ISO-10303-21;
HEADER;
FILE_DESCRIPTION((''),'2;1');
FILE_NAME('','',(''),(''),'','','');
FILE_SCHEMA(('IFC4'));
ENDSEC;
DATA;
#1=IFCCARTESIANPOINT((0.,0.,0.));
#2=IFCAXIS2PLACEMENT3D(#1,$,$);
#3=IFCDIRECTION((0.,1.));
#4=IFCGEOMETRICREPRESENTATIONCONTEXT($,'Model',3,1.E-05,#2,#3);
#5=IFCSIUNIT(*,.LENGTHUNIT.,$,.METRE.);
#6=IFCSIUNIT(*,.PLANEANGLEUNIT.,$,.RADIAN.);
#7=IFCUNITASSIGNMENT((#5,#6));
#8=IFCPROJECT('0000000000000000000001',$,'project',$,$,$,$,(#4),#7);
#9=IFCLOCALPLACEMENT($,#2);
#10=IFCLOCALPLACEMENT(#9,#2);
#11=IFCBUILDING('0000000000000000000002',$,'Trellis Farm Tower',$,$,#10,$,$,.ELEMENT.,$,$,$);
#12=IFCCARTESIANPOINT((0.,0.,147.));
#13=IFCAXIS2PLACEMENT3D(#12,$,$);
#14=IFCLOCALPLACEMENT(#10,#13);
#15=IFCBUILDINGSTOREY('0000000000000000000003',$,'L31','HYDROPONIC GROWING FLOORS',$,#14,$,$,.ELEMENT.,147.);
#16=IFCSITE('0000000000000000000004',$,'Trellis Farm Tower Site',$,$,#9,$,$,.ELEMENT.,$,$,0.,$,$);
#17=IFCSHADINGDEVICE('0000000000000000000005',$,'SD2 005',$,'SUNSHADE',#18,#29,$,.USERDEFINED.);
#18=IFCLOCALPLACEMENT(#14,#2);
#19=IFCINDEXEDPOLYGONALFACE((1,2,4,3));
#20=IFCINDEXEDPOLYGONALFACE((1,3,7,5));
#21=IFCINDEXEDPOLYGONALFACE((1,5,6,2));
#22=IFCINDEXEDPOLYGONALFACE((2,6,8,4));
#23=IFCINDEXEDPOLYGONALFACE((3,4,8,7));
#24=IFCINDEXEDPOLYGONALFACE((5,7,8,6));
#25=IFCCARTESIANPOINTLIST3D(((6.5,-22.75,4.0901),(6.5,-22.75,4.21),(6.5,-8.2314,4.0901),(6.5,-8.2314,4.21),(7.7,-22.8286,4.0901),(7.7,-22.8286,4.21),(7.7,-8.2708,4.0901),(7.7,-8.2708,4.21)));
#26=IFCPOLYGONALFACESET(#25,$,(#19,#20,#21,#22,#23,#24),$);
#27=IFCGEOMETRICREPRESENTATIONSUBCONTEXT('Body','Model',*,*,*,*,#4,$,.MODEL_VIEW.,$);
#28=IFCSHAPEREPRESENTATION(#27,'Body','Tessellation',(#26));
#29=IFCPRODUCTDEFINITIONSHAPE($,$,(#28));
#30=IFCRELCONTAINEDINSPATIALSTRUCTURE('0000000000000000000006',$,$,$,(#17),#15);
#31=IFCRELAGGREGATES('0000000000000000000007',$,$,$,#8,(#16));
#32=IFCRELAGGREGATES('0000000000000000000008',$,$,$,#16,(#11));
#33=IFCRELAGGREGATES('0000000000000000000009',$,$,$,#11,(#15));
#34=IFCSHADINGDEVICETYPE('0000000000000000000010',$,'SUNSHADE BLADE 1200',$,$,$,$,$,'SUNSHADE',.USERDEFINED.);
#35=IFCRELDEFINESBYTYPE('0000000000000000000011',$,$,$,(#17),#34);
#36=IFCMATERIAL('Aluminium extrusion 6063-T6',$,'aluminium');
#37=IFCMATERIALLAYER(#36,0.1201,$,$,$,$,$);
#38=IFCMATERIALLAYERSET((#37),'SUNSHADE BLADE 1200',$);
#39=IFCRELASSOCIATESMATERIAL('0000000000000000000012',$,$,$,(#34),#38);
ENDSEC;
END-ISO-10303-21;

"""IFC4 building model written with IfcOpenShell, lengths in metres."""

from ifc_helpers import new_model, si_unit, direction, frame, origin, place, context, subcontext, project, spatial, polyline, outline, extrude, source, transform, mapped, material, layer, layer_set, type_object, element, save


model = new_model("IFC4")

# Units and contexts
model_context = context("Model", 3, precision=1e-05, world=origin(), true_north=direction((0.0, 1.0)))
body_context = subcontext(model_context, "Body", "Model", "MODEL_VIEW")
ifc_project = project(units=[si_unit("LENGTHUNIT", "METRE"), si_unit("PLANEANGLEUNIT", "RADIAN")], contexts=[model_context])

# Site, building, storey
site_placement = place(None, origin())
site = spatial("IfcSite", under=ifc_project, at=site_placement, Name="Trellis Farm Tower Site", CompositionType="ELEMENT", RefElevation=0.0)
building_placement = place(site_placement, origin())
building = spatial("IfcBuilding", under=site, at=building_placement, Name="Trellis Farm Tower", CompositionType="ELEMENT")
storey_placement = place(building_placement, frame((0.0, 0.0, 147.0)))
storey = spatial("IfcBuildingStorey", under=building, at=storey_placement, Name="L31", Description="HYDROPONIC GROWING FLOORS", CompositionType="ELEMENT", Elevation=147.0)

# Shared definitions
ifc_material_1 = material(Name="Aluminium extrusion 6063-T6", Category="aluminium")

# Shading device
ifc_layer_1 = layer(ifc_material_1, 0.1201)
ifc_layer_set_1 = layer_set([ifc_layer_1], Name="SUNSHADE BLADE 1200")
shading_device_type = type_object("IfcShadingDeviceType", Name="SUNSHADE BLADE 1200", ElementType="SUNSHADE", PredefinedType="USERDEFINED", material=ifc_layer_set_1)
placement_1 = place(storey_placement, frame((0.0, 0.0, 4.0901)))
shared_shape_1 = source(origin(), body_context, "Body", "SweptSolid", [
    extrude(outline(polyline([(7.7, -22.8286), (7.7, -8.2708), (6.5, -8.2314), (6.5, -22.75), (7.7, -22.8286)])), origin(), (0.0, 0.0, 1.0), 0.1199),
])
element("IfcShadingDevice", 1, at=placement_1, inside=storey, type_object=shading_device_type, Name="SD2 005", ObjectType="SUNSHADE", PredefinedType="USERDEFINED", context=body_context, shape_type="MappedRepresentation", body=[
    mapped(shared_shape_1, transform((0.0, 0.0, 0.0))),
])

save(model, "model.ifc")
